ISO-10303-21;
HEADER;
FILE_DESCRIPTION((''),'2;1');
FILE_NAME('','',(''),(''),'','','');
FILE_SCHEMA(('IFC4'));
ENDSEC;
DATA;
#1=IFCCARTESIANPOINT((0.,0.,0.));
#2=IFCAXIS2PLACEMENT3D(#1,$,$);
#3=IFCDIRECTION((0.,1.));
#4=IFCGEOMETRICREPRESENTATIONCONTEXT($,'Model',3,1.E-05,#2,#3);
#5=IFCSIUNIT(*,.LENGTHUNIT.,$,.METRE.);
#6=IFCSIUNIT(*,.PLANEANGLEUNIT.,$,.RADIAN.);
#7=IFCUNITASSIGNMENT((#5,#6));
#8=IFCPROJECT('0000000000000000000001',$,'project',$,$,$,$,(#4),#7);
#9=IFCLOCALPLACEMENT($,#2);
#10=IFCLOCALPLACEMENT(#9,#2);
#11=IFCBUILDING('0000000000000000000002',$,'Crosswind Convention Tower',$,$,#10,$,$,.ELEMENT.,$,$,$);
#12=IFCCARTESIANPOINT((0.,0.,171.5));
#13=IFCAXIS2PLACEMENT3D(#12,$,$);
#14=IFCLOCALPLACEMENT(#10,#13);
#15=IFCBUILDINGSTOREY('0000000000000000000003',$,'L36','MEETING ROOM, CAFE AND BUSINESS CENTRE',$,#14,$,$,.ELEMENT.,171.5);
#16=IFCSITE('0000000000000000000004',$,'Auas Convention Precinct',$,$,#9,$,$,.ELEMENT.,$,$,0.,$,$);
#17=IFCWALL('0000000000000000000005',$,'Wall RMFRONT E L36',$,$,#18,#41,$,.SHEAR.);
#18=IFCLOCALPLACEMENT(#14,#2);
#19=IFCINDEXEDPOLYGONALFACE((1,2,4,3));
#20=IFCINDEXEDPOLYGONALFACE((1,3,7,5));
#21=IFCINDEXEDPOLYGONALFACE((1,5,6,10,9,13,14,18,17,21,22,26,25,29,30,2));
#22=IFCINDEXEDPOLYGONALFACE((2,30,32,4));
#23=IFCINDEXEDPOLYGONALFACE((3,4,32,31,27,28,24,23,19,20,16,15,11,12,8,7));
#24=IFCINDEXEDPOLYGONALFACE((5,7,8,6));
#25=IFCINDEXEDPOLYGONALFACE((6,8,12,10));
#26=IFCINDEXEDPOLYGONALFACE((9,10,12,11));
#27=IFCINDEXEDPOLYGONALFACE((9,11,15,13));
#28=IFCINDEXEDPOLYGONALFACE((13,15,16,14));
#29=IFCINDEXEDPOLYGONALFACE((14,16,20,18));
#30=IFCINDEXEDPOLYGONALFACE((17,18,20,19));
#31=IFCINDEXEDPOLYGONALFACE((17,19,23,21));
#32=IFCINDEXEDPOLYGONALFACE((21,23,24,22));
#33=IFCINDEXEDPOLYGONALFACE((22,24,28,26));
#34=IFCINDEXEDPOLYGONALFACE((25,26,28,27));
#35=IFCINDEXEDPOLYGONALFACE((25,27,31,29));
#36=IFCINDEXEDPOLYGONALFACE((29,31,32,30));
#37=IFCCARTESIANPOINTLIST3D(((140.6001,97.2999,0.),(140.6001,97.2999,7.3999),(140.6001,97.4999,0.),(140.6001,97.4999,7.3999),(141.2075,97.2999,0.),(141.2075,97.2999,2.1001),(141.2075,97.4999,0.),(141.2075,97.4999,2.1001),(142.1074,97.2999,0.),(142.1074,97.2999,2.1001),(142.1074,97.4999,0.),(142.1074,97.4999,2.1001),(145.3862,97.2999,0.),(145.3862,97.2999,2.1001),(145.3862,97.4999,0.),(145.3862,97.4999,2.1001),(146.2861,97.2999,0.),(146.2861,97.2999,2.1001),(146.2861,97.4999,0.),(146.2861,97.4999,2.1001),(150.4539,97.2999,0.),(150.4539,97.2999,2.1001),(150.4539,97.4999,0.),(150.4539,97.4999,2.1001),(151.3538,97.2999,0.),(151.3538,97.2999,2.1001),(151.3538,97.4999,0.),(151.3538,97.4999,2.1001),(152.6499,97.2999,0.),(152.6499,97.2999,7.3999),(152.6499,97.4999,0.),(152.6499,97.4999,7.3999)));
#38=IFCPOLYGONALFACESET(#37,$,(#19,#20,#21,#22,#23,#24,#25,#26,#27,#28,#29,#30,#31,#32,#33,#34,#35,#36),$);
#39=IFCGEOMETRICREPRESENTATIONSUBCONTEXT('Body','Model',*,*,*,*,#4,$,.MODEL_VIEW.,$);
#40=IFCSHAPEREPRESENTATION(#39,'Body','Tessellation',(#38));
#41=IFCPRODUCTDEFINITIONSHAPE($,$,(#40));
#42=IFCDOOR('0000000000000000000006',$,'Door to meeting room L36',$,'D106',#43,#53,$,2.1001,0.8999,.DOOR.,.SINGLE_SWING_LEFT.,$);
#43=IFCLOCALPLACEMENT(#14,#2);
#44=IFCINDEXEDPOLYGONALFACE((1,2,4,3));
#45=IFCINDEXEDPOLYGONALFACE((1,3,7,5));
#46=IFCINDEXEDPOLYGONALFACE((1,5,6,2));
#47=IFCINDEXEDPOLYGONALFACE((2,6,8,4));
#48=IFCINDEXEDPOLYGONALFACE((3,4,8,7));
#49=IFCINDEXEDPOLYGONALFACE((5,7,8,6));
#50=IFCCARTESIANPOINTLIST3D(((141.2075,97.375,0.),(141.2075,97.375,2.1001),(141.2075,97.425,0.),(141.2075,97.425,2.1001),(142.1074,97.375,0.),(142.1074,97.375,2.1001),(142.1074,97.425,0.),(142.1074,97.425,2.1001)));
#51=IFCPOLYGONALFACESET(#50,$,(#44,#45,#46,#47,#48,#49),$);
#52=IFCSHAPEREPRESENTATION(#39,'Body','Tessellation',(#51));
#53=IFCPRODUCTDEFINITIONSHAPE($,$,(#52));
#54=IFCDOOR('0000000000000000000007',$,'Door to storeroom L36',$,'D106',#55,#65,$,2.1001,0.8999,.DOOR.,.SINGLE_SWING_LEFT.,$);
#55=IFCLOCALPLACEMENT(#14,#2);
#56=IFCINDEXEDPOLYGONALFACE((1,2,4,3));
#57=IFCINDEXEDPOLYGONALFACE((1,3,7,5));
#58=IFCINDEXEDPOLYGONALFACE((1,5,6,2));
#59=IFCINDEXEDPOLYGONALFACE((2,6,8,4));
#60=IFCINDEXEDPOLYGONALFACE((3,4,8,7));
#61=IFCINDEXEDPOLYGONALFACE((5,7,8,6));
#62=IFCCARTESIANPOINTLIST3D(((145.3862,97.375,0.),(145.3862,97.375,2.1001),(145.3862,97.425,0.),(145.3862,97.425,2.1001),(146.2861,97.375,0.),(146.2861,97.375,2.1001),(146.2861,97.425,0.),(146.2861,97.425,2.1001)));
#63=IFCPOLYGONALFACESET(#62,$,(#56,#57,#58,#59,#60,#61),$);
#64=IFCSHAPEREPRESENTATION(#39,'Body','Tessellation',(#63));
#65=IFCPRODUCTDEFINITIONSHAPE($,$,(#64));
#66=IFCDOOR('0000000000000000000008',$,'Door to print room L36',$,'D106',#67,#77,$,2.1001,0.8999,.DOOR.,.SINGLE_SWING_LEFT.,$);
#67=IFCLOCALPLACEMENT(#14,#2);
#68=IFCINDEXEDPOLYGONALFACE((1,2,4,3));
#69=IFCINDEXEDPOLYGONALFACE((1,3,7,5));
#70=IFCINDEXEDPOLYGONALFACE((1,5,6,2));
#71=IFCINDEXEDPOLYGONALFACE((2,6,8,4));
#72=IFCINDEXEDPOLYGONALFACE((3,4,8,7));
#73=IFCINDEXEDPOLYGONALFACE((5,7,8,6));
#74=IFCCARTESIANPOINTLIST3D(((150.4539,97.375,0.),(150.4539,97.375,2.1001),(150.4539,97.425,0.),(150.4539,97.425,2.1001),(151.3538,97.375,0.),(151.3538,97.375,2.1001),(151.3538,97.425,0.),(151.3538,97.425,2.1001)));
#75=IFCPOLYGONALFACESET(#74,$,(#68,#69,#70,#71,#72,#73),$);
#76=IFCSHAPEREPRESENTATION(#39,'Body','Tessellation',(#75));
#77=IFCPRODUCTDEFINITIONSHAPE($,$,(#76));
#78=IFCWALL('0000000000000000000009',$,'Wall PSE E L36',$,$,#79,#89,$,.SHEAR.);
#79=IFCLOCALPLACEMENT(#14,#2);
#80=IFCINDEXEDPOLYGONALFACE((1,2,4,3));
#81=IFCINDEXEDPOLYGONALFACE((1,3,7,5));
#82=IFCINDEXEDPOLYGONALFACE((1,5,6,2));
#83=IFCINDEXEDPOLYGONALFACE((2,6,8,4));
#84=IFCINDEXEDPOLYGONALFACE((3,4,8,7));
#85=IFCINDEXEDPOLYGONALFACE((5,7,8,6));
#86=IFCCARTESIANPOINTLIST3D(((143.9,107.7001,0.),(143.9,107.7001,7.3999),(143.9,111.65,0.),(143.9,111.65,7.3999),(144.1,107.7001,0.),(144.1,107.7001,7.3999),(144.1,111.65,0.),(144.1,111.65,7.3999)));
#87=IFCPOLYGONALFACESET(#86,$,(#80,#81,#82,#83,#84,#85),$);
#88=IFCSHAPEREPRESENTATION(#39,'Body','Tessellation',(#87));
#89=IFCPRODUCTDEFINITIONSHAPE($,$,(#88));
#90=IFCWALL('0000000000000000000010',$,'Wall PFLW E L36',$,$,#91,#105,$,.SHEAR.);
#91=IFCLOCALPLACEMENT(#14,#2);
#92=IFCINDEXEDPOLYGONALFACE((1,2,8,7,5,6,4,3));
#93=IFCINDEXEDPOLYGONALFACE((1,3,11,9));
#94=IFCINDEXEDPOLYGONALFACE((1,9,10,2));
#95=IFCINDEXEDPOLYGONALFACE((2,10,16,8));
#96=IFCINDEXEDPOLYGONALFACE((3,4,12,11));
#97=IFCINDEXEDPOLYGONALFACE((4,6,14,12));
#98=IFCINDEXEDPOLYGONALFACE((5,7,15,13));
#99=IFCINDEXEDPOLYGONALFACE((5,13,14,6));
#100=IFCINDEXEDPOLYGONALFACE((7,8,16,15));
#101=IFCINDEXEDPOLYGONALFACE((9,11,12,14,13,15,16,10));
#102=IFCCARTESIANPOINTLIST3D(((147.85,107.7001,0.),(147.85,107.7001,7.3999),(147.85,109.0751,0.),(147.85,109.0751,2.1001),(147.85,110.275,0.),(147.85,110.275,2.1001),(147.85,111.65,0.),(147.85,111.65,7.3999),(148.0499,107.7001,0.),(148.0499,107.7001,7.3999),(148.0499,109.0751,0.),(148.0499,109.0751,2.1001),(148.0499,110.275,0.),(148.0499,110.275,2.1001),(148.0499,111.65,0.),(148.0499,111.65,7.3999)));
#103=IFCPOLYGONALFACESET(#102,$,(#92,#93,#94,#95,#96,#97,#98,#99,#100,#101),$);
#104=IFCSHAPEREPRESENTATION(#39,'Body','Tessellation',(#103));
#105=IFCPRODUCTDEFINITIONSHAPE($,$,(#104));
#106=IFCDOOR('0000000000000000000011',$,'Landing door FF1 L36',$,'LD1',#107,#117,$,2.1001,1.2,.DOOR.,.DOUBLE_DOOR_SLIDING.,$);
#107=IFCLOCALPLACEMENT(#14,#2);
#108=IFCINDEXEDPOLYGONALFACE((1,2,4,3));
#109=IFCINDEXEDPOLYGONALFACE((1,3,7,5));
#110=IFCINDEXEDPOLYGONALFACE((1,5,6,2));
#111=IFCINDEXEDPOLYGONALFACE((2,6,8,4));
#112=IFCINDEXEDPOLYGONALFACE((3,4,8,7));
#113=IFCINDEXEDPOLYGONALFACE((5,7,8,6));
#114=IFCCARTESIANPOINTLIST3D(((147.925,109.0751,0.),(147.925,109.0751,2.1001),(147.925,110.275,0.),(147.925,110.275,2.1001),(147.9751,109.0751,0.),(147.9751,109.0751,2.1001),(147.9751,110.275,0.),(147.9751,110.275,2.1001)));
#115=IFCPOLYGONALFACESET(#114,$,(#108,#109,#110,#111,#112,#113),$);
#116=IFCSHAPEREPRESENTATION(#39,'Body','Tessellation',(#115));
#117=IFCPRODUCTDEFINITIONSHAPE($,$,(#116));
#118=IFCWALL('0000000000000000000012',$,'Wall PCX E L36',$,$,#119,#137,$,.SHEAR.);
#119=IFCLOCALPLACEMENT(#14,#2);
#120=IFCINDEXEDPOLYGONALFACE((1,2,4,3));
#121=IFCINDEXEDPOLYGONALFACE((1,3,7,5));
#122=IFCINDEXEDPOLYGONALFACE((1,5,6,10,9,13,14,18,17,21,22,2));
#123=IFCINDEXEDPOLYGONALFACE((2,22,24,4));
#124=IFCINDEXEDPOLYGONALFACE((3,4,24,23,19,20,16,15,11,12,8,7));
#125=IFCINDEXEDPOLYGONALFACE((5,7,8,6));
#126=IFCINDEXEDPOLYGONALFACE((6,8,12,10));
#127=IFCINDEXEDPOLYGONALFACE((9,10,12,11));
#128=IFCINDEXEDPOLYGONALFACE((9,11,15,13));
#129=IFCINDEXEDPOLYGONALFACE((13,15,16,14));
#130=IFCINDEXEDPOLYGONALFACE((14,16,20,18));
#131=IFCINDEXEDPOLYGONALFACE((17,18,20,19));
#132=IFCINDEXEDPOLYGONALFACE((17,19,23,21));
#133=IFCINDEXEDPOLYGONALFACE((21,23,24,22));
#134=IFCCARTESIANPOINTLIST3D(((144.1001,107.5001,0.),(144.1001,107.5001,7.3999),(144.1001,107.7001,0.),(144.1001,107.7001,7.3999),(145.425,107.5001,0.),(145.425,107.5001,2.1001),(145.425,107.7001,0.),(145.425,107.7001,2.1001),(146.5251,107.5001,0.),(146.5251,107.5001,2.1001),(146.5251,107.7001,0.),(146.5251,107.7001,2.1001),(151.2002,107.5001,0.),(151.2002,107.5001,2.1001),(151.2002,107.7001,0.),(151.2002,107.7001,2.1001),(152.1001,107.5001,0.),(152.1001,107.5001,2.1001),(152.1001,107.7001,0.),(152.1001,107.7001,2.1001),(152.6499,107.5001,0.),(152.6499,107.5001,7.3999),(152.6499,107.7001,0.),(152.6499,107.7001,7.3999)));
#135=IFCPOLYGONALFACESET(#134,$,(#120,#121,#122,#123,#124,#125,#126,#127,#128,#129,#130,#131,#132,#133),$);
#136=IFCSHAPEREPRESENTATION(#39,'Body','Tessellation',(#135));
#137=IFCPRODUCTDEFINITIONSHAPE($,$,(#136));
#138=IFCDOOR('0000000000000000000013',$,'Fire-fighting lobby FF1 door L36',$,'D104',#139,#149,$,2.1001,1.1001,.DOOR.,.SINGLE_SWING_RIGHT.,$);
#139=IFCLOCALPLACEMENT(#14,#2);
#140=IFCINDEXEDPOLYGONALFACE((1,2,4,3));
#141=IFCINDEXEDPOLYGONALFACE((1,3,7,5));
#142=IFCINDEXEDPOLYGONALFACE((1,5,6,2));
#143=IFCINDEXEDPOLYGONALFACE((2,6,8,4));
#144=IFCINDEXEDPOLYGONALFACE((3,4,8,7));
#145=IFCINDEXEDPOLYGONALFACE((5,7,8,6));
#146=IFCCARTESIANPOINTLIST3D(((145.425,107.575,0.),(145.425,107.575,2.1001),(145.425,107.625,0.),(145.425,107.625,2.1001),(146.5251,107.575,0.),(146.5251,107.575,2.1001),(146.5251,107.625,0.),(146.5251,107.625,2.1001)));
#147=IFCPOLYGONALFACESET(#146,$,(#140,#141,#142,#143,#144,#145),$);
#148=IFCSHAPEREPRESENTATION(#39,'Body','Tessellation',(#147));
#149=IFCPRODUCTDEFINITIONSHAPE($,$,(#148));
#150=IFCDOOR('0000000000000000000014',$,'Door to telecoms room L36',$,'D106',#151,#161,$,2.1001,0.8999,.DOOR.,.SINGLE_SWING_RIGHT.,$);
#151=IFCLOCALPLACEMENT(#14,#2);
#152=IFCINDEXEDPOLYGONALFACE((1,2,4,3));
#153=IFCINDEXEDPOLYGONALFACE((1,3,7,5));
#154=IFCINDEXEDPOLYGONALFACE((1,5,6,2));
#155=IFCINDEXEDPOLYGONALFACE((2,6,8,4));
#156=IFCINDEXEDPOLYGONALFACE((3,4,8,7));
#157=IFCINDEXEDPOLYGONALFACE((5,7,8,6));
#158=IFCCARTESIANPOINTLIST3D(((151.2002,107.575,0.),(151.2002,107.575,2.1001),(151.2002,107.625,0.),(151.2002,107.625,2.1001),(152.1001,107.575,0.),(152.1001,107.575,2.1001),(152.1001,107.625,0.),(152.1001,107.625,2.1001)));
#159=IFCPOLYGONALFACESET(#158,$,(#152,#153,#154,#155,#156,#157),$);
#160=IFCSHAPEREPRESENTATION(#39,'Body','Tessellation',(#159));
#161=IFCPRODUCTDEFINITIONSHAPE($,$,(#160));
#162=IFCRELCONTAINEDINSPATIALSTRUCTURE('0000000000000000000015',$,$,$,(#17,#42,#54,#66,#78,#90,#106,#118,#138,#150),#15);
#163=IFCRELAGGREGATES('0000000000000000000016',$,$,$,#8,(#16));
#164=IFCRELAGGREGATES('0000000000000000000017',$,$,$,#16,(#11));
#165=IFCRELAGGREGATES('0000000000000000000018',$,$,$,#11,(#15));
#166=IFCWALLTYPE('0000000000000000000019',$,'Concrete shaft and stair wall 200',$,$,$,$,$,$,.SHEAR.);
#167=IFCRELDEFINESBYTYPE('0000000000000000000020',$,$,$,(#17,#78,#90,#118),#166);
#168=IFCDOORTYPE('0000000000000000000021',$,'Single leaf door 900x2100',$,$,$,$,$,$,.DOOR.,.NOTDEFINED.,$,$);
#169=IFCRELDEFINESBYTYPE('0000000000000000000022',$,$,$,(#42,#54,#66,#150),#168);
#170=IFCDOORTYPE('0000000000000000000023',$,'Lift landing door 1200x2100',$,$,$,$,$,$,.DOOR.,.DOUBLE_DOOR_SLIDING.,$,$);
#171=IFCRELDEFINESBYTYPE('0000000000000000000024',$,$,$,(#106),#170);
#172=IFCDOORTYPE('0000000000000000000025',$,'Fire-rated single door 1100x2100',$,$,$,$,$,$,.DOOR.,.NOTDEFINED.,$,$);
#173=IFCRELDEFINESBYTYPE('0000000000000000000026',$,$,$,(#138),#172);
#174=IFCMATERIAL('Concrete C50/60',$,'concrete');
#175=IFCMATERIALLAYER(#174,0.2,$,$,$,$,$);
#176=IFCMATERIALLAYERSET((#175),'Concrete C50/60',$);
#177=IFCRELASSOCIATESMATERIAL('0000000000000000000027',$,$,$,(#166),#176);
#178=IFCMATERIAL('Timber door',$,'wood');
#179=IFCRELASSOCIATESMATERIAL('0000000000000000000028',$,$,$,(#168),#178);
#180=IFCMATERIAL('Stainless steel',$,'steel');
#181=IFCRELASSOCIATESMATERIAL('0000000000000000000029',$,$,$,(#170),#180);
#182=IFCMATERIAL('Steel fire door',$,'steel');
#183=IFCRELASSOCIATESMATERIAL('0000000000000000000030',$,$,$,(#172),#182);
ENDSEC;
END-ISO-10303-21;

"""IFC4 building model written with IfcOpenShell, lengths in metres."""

from ifc_helpers import new_model, si_unit, direction, frame, frame_2d, origin, place, context, subcontext, project, spatial, rectangle, extrude, material, layer, layer_set, type_object, element, fill, save


model = new_model("IFC4")

# Units and contexts
model_context = context("Model", 3, precision=1e-05, world=origin(), true_north=direction((0.0, 1.0)))
body_context = subcontext(model_context, "Body", "Model", "MODEL_VIEW")
ifc_project = project(units=[si_unit("LENGTHUNIT", "METRE"), si_unit("PLANEANGLEUNIT", "RADIAN")], contexts=[model_context])

# Site, building, storey
site_placement = place(None, origin())
site = spatial("IfcSite", under=ifc_project, at=site_placement, Name="Auas Convention Precinct", CompositionType="ELEMENT", RefElevation=0.0)
building_placement = place(site_placement, origin())
building = spatial("IfcBuilding", under=site, at=building_placement, Name="Crosswind Convention Tower", CompositionType="ELEMENT")
storey_placement = place(building_placement, frame((0.0, 0.0, 171.5)))
storey = spatial("IfcBuildingStorey", under=building, at=storey_placement, Name="L36", Description="MEETING ROOM, CAFE AND BUSINESS CENTRE", CompositionType="ELEMENT", Elevation=171.5)

# Shared definitions
ifc_material_1 = material(Name="Concrete C50/60", Category="concrete")
ifc_layer = layer(ifc_material_1, 0.2)
ifc_layer_set = layer_set([ifc_layer], Name="Concrete C50/60")
wall_type = type_object("IfcWallType", Name="Concrete shaft and stair wall 200", PredefinedType="SHEAR", material=ifc_layer_set)

# Wall, openings, doors
ifc_material_2 = material(Name="Stainless steel", Category="steel")
wall_1_placement = place(storey_placement, frame((140.6001, 97.3999, 0.0), z_axis=(0.0, 0.0, 1.0), x_axis=(1.0, 0.0, 0.0)))
wall_1 = element("IfcWall", 1, at=wall_1_placement, inside=storey, type_object=wall_type, Name="Wall RMFRONT E L36", PredefinedType="SHEAR", context=body_context, shape_type="SweptSolid", body=[
    extrude(rectangle(XDim=12.0498, YDim=0.2, at=frame_2d((6.0249, 0.0))), origin(), (0.0, 0.0, 1.0), 7.3999),
])
opening_1_placement = place(wall_1_placement, frame((0.6074, 0.0, 0.0)))
opening_1 = element("IfcOpeningElement", 2, at=opening_1_placement, cuts=wall_1, PredefinedType="OPENING", context=body_context, shape_type="SweptSolid", body=[
    extrude(rectangle(XDim=0.8999, YDim=2.1001, at=frame_2d((0.45, 1.05))), frame((0.0, 0.1099, 0.0), z_axis=(0.0, -1.0, 0.0), x_axis=(1.0, 0.0, 0.0)), (0.0, 0.0, 1.0), 0.22),
])
opening_2_placement = place(wall_1_placement, frame((4.7861, 0.0, 0.0)))
opening_2 = element("IfcOpeningElement", 3, at=opening_2_placement, cuts=wall_1, PredefinedType="OPENING", context=body_context, shape_type="SweptSolid", body=[
    extrude(rectangle(XDim=0.8999, YDim=2.1001, at=frame_2d((0.45, 1.05))), frame((0.0, 0.1099, 0.0), z_axis=(0.0, -1.0, 0.0), x_axis=(1.0, 0.0, 0.0)), (0.0, 0.0, 1.0), 0.22),
])
opening_3_placement = place(wall_1_placement, frame((9.8538, 0.0, 0.0)))
opening_3 = element("IfcOpeningElement", 4, at=opening_3_placement, cuts=wall_1, PredefinedType="OPENING", context=body_context, shape_type="SweptSolid", body=[
    extrude(rectangle(XDim=0.8999, YDim=2.1001, at=frame_2d((0.45, 1.05))), frame((0.0, 0.1099, 0.0), z_axis=(0.0, -1.0, 0.0), x_axis=(1.0, 0.0, 0.0)), (0.0, 0.0, 1.0), 0.22),
])
ifc_material_3 = material(Name="Timber door", Category="wood")
door_type_1 = type_object("IfcDoorType", Name="Single leaf door 900x2100", OperationType="NOTDEFINED", PredefinedType="DOOR", material=ifc_material_3)
door_1_placement = place(opening_1_placement, frame((0.8999, 0.0, 0.0), z_axis=(0.0, 0.0, 1.0), x_axis=(-1.0, 0.0, 0.0)))
door_1 = element("IfcDoor", 5, at=door_1_placement, inside=storey, type_object=door_type_1, Name="Door to meeting room L36", ObjectType="D106", OperationType="SINGLE_SWING_LEFT", OverallHeight=2.1001, OverallWidth=0.8999, PredefinedType="DOOR", context=body_context, shape_type="SweptSolid", body=[
    extrude(rectangle(XDim=0.8999, YDim=2.1001, at=frame_2d((0.45, 1.05))), frame((0.0, 0.0249, 0.0), z_axis=(0.0, -1.0, 0.0), x_axis=(1.0, 0.0, 0.0)), (0.0, 0.0, 1.0), 0.05),
])
fill(opening_1, door_1)
door_2_placement = place(opening_2_placement, frame((0.8999, 0.0, 0.0), z_axis=(0.0, 0.0, 1.0), x_axis=(-1.0, 0.0, 0.0)))
door_2 = element("IfcDoor", 6, at=door_2_placement, inside=storey, type_object=door_type_1, Name="Door to storeroom L36", ObjectType="D106", OperationType="SINGLE_SWING_LEFT", OverallHeight=2.1001, OverallWidth=0.8999, PredefinedType="DOOR", context=body_context, shape_type="SweptSolid", body=[
    extrude(rectangle(XDim=0.8999, YDim=2.1001, at=frame_2d((0.45, 1.05))), frame((0.0, 0.0249, 0.0), z_axis=(0.0, -1.0, 0.0), x_axis=(1.0, 0.0, 0.0)), (0.0, 0.0, 1.0), 0.05),
])
fill(opening_2, door_2)
door_3_placement = place(opening_3_placement, frame((0.8999, 0.0, 0.0), z_axis=(0.0, 0.0, 1.0), x_axis=(-1.0, 0.0, 0.0)))
door_3 = element("IfcDoor", 7, at=door_3_placement, inside=storey, type_object=door_type_1, Name="Door to print room L36", ObjectType="D106", OperationType="SINGLE_SWING_LEFT", OverallHeight=2.1001, OverallWidth=0.8999, PredefinedType="DOOR", context=body_context, shape_type="SweptSolid", body=[
    extrude(rectangle(XDim=0.8999, YDim=2.1001, at=frame_2d((0.45, 1.05))), frame((0.0, 0.0249, 0.0), z_axis=(0.0, -1.0, 0.0), x_axis=(1.0, 0.0, 0.0)), (0.0, 0.0, 1.0), 0.05),
])
fill(opening_3, door_3)

# Wall
wall_2_placement = place(storey_placement, frame((144.0, 107.7, 0.0), z_axis=(0.0, 0.0, 1.0), x_axis=(0.0, 1.0, 0.0)))
element("IfcWall", 8, at=wall_2_placement, inside=storey, type_object=wall_type, Name="Wall PSE E L36", PredefinedType="SHEAR", context=body_context, shape_type="SweptSolid", body=[
    extrude(rectangle(XDim=3.95, YDim=0.2, at=frame_2d((1.9751, 0.0))), origin(), (0.0, 0.0, 1.0), 7.3999),
])

# Wall, opening, door
wall_3_placement = place(storey_placement, frame((147.95, 107.7, 0.0), z_axis=(0.0, 0.0, 1.0), x_axis=(0.0, 1.0, 0.0)))
wall_3 = element("IfcWall", 9, at=wall_3_placement, inside=storey, type_object=wall_type, Name="Wall PFLW E L36", PredefinedType="SHEAR", context=body_context, shape_type="SweptSolid", body=[
    extrude(rectangle(XDim=3.95, YDim=0.2, at=frame_2d((1.9751, 0.0))), origin(), (0.0, 0.0, 1.0), 7.3999),
])
opening_4_placement = place(wall_3_placement, frame((1.375, 0.0, 0.0)))
opening_4 = element("IfcOpeningElement", 10, at=opening_4_placement, cuts=wall_3, PredefinedType="OPENING", context=body_context, shape_type="SweptSolid", body=[
    extrude(rectangle(XDim=1.2, YDim=2.1001, at=frame_2d((0.6001, 1.05))), frame((0.0, 0.1099, 0.0), z_axis=(0.0, -1.0, 0.0), x_axis=(1.0, 0.0, 0.0)), (0.0, 0.0, 1.0), 0.22),
])
door_type_2 = type_object("IfcDoorType", Name="Lift landing door 1200x2100", OperationType="DOUBLE_DOOR_SLIDING", PredefinedType="DOOR", material=ifc_material_2)
door_4_placement = place(opening_4_placement, origin())
door_4 = element("IfcDoor", 11, at=door_4_placement, inside=storey, type_object=door_type_2, Name="Landing door FF1 L36", ObjectType="LD1", OperationType="DOUBLE_DOOR_SLIDING", OverallHeight=2.1001, OverallWidth=1.2, PredefinedType="DOOR", context=body_context, shape_type="SweptSolid", body=[
    extrude(rectangle(XDim=1.2, YDim=2.1001, at=frame_2d((0.6001, 1.05))), frame((0.0, 0.0249, 0.0), z_axis=(0.0, -1.0, 0.0), x_axis=(1.0, 0.0, 0.0)), (0.0, 0.0, 1.0), 0.05),
])
fill(opening_4, door_4)

# Wall, openings, doors
wall_4_placement = place(storey_placement, frame((144.1001, 107.6001, 0.0), z_axis=(0.0, 0.0, 1.0), x_axis=(1.0, 0.0, 0.0)))
wall_4 = element("IfcWall", 12, at=wall_4_placement, inside=storey, type_object=wall_type, Name="Wall PCX E L36", PredefinedType="SHEAR", context=body_context, shape_type="SweptSolid", body=[
    extrude(rectangle(XDim=8.5498, YDim=0.2, at=frame_2d((4.2749, 0.0))), origin(), (0.0, 0.0, 1.0), 7.3999),
])
opening_5_placement = place(wall_4_placement, frame((1.325, 0.0, 0.0)))
opening_5 = element("IfcOpeningElement", 13, at=opening_5_placement, cuts=wall_4, PredefinedType="OPENING", context=body_context, shape_type="SweptSolid", body=[
    extrude(rectangle(XDim=1.1001, YDim=2.1001, at=frame_2d((0.55, 1.05))), frame((0.0, 0.1099, 0.0), z_axis=(0.0, -1.0, 0.0), x_axis=(1.0, 0.0, 0.0)), (0.0, 0.0, 1.0), 0.22),
])
opening_6_placement = place(wall_4_placement, frame((7.1001, 0.0, 0.0)))
opening_6 = element("IfcOpeningElement", 14, at=opening_6_placement, cuts=wall_4, PredefinedType="OPENING", context=body_context, shape_type="SweptSolid", body=[
    extrude(rectangle(XDim=0.8999, YDim=2.1001, at=frame_2d((0.45, 1.05))), frame((0.0, 0.1099, 0.0), z_axis=(0.0, -1.0, 0.0), x_axis=(1.0, 0.0, 0.0)), (0.0, 0.0, 1.0), 0.22),
])
ifc_material_4 = material(Name="Steel fire door", Category="steel")
door_type_3 = type_object("IfcDoorType", Name="Fire-rated single door 1100x2100", OperationType="NOTDEFINED", PredefinedType="DOOR", material=ifc_material_4)
door_5_placement = place(opening_5_placement, origin())
door_5 = element("IfcDoor", 15, at=door_5_placement, inside=storey, type_object=door_type_3, Name="Fire-fighting lobby FF1 door L36", ObjectType="D104", OperationType="SINGLE_SWING_RIGHT", OverallHeight=2.1001, OverallWidth=1.1001, PredefinedType="DOOR", context=body_context, shape_type="SweptSolid", body=[
    extrude(rectangle(XDim=1.1001, YDim=2.1001, at=frame_2d((0.55, 1.05))), frame((0.0, 0.0249, 0.0), z_axis=(0.0, -1.0, 0.0), x_axis=(1.0, 0.0, 0.0)), (0.0, 0.0, 1.0), 0.05),
])
fill(opening_5, door_5)
door_6_placement = place(opening_6_placement, origin())
door_6 = element("IfcDoor", 16, at=door_6_placement, inside=storey, type_object=door_type_1, Name="Door to telecoms room L36", ObjectType="D106", OperationType="SINGLE_SWING_RIGHT", OverallHeight=2.1001, OverallWidth=0.8999, PredefinedType="DOOR", context=body_context, shape_type="SweptSolid", body=[
    extrude(rectangle(XDim=0.8999, YDim=2.1001, at=frame_2d((0.45, 1.05))), frame((0.0, 0.0249, 0.0), z_axis=(0.0, -1.0, 0.0), x_axis=(1.0, 0.0, 0.0)), (0.0, 0.0, 1.0), 0.05),
])
fill(opening_6, door_6)

save(model, "model.ifc")
